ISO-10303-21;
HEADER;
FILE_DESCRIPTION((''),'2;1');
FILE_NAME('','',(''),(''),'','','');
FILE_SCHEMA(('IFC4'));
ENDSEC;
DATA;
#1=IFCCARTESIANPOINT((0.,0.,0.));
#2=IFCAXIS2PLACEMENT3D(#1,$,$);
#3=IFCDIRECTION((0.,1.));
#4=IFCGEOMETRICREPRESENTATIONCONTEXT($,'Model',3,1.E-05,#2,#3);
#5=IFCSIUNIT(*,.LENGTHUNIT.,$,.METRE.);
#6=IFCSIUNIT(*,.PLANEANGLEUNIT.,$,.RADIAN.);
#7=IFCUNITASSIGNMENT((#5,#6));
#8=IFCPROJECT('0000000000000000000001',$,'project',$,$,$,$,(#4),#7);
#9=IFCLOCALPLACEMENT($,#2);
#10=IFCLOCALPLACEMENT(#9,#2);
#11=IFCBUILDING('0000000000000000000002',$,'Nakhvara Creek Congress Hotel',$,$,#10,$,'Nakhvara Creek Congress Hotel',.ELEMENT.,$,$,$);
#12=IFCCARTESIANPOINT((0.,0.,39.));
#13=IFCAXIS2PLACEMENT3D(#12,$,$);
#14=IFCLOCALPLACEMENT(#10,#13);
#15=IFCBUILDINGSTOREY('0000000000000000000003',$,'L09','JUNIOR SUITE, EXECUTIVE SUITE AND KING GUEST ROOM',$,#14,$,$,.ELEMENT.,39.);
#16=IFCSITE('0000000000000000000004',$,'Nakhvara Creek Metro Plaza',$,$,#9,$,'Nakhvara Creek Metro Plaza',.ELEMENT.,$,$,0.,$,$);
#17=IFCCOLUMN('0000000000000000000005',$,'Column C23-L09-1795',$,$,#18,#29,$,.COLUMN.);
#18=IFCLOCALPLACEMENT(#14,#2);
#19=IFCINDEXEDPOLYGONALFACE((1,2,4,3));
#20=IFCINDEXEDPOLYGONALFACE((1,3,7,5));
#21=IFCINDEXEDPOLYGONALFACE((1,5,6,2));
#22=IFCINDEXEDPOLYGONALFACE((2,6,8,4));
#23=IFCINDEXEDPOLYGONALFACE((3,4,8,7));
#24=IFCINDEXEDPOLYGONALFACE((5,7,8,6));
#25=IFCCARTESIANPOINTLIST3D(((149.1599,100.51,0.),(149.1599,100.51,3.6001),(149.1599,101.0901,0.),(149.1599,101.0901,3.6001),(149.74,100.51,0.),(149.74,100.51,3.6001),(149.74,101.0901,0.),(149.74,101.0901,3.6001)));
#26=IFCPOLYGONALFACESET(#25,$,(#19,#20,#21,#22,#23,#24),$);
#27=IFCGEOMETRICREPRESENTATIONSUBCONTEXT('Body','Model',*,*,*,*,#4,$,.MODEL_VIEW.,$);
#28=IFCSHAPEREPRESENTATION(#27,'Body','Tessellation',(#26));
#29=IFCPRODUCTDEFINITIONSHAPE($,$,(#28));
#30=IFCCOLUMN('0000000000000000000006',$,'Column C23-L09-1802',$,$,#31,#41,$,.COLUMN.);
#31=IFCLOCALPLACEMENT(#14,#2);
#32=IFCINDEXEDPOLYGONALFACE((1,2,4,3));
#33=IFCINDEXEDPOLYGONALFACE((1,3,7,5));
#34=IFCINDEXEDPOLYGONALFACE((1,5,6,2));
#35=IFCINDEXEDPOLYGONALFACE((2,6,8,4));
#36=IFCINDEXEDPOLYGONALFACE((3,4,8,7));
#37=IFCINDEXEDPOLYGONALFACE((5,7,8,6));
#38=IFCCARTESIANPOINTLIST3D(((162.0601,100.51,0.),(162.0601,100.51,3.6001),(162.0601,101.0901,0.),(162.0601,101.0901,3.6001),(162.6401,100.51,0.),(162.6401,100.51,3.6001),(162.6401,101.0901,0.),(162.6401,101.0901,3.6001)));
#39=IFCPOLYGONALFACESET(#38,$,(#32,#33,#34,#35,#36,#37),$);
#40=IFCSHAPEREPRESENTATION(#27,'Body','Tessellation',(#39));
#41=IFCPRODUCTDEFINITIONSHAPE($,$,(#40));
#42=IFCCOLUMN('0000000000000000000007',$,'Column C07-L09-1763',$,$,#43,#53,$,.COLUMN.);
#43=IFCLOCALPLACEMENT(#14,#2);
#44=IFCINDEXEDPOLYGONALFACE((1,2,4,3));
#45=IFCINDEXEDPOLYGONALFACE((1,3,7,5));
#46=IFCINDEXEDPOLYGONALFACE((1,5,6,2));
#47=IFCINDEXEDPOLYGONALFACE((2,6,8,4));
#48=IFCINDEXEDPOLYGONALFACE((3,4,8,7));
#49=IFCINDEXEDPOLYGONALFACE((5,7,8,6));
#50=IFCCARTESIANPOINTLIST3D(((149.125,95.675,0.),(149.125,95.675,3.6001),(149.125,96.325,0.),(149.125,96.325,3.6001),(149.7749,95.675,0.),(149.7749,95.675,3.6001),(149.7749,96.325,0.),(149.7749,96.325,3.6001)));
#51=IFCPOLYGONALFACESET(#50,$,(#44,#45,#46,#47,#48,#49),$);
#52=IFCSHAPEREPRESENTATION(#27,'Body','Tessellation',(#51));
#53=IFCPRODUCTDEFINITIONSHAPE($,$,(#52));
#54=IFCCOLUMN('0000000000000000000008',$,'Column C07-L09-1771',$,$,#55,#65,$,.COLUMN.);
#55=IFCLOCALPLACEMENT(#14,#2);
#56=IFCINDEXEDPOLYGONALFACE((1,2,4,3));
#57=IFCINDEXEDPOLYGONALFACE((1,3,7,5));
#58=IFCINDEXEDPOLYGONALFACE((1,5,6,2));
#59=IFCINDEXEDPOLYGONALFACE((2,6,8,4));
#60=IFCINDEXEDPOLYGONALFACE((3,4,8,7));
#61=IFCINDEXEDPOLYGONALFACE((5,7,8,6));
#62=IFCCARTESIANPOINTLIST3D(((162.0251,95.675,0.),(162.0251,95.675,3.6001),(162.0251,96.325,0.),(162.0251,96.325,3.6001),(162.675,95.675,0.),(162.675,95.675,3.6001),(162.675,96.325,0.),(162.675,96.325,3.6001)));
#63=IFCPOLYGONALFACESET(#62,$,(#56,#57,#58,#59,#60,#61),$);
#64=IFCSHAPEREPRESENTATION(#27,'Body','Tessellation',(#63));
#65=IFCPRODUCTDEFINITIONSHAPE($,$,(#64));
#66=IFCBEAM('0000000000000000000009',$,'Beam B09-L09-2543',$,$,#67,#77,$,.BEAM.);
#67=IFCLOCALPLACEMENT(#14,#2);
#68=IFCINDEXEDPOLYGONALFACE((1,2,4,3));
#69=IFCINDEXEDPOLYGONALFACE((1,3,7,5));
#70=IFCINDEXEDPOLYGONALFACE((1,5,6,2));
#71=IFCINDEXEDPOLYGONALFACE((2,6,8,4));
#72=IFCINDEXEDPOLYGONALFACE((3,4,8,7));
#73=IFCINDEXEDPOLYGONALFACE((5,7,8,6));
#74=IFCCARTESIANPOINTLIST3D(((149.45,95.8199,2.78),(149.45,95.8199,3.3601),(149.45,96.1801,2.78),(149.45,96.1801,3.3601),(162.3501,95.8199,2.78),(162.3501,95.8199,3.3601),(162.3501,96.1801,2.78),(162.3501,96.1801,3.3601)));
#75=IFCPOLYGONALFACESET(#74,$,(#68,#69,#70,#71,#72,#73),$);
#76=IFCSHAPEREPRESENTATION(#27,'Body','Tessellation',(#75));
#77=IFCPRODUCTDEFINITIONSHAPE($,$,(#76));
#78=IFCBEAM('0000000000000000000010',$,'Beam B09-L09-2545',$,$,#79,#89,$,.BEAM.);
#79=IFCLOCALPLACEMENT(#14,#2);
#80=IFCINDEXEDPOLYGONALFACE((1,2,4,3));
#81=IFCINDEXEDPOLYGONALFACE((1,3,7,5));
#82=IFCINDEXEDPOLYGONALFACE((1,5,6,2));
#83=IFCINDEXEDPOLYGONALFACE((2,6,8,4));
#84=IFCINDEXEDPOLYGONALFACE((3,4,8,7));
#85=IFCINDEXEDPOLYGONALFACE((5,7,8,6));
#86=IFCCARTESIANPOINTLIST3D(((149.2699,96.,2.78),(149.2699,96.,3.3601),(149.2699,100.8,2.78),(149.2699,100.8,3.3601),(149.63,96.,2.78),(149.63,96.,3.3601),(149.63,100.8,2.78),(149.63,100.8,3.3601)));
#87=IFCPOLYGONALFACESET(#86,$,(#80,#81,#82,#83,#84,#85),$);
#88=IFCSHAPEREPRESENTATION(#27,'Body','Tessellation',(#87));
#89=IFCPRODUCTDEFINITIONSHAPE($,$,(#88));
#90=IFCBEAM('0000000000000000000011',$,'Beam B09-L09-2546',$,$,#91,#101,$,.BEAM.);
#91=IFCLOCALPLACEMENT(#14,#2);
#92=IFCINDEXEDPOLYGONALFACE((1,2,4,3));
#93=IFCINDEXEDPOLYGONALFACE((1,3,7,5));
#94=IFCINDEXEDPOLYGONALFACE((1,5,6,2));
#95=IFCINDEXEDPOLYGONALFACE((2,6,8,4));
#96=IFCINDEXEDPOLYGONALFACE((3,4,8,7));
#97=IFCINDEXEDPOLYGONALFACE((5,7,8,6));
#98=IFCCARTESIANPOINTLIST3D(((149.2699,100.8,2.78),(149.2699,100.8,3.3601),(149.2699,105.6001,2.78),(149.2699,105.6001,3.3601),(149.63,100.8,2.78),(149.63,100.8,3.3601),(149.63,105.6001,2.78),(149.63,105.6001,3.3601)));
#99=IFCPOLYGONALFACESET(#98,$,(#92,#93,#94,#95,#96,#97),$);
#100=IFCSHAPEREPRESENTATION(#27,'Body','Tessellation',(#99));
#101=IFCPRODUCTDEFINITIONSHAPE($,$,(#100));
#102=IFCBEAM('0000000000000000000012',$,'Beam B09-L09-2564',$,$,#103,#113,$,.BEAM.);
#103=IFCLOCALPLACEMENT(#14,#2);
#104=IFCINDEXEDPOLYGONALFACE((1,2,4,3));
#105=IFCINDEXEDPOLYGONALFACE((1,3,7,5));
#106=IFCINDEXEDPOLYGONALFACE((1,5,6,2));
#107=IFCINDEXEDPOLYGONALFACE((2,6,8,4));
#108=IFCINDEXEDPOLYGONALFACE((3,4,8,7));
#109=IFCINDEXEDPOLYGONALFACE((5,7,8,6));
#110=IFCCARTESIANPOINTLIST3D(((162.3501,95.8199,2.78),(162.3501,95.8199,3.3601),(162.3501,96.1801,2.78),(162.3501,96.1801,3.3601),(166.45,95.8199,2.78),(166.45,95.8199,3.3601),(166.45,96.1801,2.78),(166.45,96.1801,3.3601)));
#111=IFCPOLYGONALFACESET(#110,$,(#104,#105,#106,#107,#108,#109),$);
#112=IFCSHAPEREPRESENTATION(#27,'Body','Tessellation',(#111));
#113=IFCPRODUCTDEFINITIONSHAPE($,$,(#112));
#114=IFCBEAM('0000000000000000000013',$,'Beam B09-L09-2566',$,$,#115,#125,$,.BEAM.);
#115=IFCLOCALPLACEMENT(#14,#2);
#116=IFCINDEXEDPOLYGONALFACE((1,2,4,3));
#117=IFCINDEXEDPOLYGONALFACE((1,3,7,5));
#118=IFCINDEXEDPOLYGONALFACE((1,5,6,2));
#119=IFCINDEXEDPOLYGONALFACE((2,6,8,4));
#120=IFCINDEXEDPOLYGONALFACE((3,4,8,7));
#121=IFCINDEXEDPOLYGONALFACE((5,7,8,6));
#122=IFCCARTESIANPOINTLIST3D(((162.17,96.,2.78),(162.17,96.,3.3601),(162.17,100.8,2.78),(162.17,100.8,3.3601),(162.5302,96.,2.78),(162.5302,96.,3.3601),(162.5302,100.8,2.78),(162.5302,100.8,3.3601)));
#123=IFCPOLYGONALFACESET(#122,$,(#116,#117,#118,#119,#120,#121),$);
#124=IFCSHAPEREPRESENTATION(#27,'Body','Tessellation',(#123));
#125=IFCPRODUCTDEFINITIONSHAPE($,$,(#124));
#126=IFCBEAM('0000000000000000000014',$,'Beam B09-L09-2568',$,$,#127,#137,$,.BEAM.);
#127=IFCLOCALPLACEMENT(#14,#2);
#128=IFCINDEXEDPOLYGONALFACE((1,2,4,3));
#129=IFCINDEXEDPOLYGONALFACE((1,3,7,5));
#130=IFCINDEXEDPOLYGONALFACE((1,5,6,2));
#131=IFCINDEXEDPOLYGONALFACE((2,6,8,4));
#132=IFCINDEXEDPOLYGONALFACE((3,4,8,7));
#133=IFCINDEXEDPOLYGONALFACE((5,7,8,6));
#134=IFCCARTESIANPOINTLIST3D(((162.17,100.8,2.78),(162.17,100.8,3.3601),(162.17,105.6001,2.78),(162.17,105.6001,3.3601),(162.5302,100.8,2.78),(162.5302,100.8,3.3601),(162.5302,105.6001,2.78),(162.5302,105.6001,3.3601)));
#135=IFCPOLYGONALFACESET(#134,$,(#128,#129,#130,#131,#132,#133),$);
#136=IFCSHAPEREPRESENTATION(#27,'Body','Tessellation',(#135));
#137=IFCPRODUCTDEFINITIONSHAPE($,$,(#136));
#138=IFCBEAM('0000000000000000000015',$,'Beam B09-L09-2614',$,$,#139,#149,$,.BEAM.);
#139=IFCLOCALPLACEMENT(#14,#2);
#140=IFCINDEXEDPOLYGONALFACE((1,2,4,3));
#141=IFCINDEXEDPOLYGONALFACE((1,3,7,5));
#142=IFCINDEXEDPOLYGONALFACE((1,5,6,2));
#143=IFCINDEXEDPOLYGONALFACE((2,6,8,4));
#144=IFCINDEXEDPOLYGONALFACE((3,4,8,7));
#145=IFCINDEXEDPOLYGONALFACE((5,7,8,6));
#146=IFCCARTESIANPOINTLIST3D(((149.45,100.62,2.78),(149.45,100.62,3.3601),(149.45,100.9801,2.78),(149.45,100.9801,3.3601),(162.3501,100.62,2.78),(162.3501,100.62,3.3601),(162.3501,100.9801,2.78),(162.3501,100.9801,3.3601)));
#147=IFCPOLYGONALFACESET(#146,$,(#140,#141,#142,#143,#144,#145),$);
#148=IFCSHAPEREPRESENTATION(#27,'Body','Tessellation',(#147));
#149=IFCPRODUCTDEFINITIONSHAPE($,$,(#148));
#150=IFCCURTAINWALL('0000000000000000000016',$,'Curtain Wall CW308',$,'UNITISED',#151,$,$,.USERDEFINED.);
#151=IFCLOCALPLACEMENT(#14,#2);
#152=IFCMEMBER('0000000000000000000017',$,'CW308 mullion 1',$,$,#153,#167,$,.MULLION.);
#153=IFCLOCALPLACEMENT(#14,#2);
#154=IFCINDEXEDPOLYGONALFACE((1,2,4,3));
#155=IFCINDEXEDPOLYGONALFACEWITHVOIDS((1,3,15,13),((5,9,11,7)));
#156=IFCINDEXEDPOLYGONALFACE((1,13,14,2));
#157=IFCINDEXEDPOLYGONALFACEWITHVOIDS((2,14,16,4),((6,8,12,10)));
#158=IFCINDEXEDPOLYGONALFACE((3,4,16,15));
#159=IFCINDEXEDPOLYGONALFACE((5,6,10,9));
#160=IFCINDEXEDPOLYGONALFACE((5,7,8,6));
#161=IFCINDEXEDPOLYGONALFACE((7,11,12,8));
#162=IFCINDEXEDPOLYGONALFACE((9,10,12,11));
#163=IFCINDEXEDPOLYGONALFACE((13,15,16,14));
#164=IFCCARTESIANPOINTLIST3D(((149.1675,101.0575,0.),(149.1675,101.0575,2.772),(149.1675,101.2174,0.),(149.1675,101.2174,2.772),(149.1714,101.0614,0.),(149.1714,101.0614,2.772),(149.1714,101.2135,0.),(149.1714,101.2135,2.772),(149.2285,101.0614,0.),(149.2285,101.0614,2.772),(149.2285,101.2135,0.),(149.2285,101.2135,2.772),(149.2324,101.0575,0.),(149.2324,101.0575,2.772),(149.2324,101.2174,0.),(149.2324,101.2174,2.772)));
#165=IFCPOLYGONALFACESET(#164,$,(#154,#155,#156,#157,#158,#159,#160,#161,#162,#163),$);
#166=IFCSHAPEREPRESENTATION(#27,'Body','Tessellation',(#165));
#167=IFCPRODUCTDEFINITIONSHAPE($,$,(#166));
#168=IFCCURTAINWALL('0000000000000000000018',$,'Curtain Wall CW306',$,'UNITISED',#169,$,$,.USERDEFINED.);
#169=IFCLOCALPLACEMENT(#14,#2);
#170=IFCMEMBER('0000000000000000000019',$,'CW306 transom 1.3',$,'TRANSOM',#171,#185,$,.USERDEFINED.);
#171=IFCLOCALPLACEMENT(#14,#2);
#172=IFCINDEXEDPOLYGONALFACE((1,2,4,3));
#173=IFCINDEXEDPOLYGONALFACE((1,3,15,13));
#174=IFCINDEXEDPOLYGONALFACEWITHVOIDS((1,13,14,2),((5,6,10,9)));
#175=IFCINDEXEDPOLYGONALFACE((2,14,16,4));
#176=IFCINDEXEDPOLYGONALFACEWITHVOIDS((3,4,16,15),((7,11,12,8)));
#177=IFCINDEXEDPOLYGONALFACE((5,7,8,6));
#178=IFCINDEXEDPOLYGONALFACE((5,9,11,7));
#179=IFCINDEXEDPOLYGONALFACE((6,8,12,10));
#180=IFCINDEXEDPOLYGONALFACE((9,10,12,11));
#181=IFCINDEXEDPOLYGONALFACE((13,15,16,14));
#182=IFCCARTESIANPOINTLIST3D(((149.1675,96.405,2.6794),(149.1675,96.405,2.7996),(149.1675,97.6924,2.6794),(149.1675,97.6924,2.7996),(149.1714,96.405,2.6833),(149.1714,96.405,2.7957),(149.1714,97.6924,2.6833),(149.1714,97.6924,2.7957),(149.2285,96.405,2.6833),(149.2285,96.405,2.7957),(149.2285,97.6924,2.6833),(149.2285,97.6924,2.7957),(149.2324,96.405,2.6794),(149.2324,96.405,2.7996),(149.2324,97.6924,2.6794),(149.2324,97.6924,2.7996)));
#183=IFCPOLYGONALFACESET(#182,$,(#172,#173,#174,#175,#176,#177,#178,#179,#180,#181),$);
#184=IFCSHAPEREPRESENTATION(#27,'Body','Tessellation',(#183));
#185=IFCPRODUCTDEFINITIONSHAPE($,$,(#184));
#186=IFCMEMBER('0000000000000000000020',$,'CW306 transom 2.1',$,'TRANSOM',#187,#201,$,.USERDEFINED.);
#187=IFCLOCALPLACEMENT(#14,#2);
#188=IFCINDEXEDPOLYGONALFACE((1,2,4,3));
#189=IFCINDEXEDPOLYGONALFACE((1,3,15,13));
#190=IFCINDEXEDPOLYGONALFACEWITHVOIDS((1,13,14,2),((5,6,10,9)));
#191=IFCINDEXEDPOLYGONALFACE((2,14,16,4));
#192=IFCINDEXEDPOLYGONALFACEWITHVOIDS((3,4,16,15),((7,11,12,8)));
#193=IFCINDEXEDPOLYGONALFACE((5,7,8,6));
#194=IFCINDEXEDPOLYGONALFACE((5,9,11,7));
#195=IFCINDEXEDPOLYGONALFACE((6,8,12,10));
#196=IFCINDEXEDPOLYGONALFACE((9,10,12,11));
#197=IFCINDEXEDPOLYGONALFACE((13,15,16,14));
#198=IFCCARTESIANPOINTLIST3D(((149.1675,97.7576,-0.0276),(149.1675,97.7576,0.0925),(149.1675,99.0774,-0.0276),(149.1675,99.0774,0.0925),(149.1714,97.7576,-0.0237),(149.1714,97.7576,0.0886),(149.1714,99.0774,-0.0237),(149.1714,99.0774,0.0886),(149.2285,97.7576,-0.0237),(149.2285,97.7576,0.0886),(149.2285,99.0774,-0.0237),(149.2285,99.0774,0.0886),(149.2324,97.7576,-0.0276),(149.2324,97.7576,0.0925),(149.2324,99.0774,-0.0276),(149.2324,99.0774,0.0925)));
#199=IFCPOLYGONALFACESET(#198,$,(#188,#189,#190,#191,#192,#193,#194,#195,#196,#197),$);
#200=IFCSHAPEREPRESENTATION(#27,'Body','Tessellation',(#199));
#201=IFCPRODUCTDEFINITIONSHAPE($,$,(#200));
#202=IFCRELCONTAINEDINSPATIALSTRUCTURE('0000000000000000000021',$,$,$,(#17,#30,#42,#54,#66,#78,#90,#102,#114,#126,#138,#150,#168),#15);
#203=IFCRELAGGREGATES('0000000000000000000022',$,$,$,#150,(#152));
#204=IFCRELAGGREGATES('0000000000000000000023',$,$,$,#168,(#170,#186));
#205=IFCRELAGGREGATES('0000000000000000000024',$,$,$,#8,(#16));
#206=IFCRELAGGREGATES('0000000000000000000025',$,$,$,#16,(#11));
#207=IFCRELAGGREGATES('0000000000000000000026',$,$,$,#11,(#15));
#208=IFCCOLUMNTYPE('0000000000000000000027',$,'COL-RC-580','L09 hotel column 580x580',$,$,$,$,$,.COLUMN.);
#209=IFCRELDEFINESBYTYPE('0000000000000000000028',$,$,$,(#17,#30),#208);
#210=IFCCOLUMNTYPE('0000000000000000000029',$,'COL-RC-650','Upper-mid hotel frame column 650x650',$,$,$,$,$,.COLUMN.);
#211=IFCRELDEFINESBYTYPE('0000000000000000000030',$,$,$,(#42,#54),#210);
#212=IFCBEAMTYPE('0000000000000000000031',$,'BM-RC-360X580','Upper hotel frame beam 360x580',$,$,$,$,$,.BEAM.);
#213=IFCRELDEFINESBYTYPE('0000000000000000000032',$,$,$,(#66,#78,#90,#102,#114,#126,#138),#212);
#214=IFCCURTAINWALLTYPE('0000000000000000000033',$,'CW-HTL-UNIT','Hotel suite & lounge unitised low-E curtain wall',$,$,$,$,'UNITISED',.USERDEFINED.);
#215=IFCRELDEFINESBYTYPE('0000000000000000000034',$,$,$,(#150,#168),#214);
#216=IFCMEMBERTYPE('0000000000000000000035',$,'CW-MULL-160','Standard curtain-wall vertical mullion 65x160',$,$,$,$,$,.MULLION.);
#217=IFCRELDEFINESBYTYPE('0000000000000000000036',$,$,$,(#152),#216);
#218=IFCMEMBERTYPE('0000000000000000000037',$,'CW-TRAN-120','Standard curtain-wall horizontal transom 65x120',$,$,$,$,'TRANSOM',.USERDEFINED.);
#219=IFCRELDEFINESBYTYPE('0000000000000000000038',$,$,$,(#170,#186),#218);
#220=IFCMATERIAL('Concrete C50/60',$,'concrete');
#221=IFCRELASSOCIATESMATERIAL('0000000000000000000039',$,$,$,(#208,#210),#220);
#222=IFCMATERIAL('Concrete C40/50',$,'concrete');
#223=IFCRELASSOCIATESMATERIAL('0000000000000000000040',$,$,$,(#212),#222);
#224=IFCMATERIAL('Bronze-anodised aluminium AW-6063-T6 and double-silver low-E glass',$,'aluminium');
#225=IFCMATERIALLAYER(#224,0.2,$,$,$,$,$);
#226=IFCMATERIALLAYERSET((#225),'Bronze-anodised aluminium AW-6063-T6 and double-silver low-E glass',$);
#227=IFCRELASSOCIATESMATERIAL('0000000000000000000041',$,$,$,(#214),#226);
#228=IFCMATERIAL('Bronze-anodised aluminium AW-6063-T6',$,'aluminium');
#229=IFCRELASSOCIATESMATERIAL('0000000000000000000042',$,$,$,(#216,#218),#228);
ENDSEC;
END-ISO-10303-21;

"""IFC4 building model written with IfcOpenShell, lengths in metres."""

from ifc_helpers import new_model, si_unit, direction, frame, origin, origin_2d, place, context, subcontext, project, spatial, rectangle, hollow_rectangle, extrude, material, layer, layer_set, material_profile, profile_set, type_object, element, aggregate, save


model = new_model("IFC4")

# Units and contexts
model_context = context("Model", 3, precision=1e-05, world=origin(), true_north=direction((0.0, 1.0)))
body_context = subcontext(model_context, "Body", "Model", "MODEL_VIEW")
ifc_project = project(units=[si_unit("LENGTHUNIT", "METRE"), si_unit("PLANEANGLEUNIT", "RADIAN")], contexts=[model_context])

# Site, building, storey
site_placement = place(None, origin())
site = spatial("IfcSite", under=ifc_project, at=site_placement, Name="Nakhvara Creek Metro Plaza", LongName="Nakhvara Creek Metro Plaza", CompositionType="ELEMENT", RefElevation=0.0)
building_placement = place(site_placement, origin())
building = spatial("IfcBuilding", under=site, at=building_placement, Name="Nakhvara Creek Congress Hotel", LongName="Nakhvara Creek Congress Hotel", CompositionType="ELEMENT")
storey_placement = place(building_placement, frame((0.0, 0.0, 39.0)))
storey = spatial("IfcBuildingStorey", under=building, at=storey_placement, Name="L09", Description="JUNIOR SUITE, EXECUTIVE SUITE AND KING GUEST ROOM", CompositionType="ELEMENT", Elevation=39.0)

# Columns
ifc_material_1 = material(Name="Concrete C50/60", Category="concrete")
ifc_material_profile_1 = material_profile(ifc_material_1, rectangle(XDim=0.5801, YDim=0.5801, at=origin_2d()), Name="RC-COL 580x580", Category="LoadBearing")
ifc_profile_set_1 = profile_set([ifc_material_profile_1], Name="Concrete C50/60")
column_type_1 = type_object("IfcColumnType", Name="COL-RC-580", Description="L09 hotel column 580x580", PredefinedType="COLUMN", material=ifc_profile_set_1)
for number, where, z_axis, x_axis, name in (
    (1, (149.45, 100.8, 0.0), (0.0, 0.0, 1.0), (1.0, 0.0, 0.0), "Column C23-L09-1795"),
    (2, (162.3501, 100.8, 0.0), (0.0, 0.0, 1.0), (1.0, 0.0, 0.0), "Column C23-L09-1802"),
):
    element("IfcColumn", number, at=place(storey_placement, frame(where, z_axis=z_axis, x_axis=x_axis)), inside=storey, type_object=column_type_1, Name=name, PredefinedType="COLUMN", context=body_context, shape_type="SweptSolid", body=[
        extrude(rectangle(XDim=0.5801, YDim=0.5801, at=origin_2d()), origin(), (0.0, 0.0, 1.0), 3.6001),
    ])
ifc_material_profile_2 = material_profile(ifc_material_1, rectangle(XDim=0.6499, YDim=0.6499, at=origin_2d()), Name="RC-COL 650x650", Category="LoadBearing")
ifc_profile_set_2 = profile_set([ifc_material_profile_2], Name="Concrete C50/60")
column_type_2 = type_object("IfcColumnType", Name="COL-RC-650", Description="Upper-mid hotel frame column 650x650", PredefinedType="COLUMN", material=ifc_profile_set_2)
for number, where, z_axis, x_axis, name in (
    (3, (149.45, 96.0, 0.0), (0.0, 0.0, 1.0), (1.0, 0.0, 0.0), "Column C07-L09-1763"),
    (4, (162.3501, 96.0, 0.0), (0.0, 0.0, 1.0), (1.0, 0.0, 0.0), "Column C07-L09-1771"),
):
    element("IfcColumn", number, at=place(storey_placement, frame(where, z_axis=z_axis, x_axis=x_axis)), inside=storey, type_object=column_type_2, Name=name, PredefinedType="COLUMN", context=body_context, shape_type="SweptSolid", body=[
        extrude(rectangle(XDim=0.6499, YDim=0.6499, at=origin_2d()), origin(), (0.0, 0.0, 1.0), 3.6001),
    ])

# Beams
ifc_material_2 = material(Name="Concrete C40/50", Category="concrete")
ifc_material_profile_3 = material_profile(ifc_material_2, rectangle(XDim=0.3601, YDim=0.5801, at=origin_2d()), Name="RC-BM 360x580", Category="LoadBearing")
ifc_profile_set_3 = profile_set([ifc_material_profile_3], Name="Concrete C40/50")
beam_type = type_object("IfcBeamType", Name="BM-RC-360X580", Description="Upper hotel frame beam 360x580", PredefinedType="BEAM", material=ifc_profile_set_3)
beam_1_placement = place(storey_placement, frame((149.45, 96.0, 3.0701), z_axis=(1.0, 0.0, 0.0), x_axis=(0.0, 1.0, 0.0)))
element("IfcBeam", 5, at=beam_1_placement, inside=storey, type_object=beam_type, Name="Beam B09-L09-2543", PredefinedType="BEAM", context=body_context, shape_type="SweptSolid", body=[
    extrude(rectangle(XDim=0.3601, YDim=0.5801, at=origin_2d()), origin(), (0.0, 0.0, 1.0), 12.9001),
])
for number, where, z_axis, x_axis, name in (
    (6, (149.45, 96.0, 3.0701), (0.0, 1.0, 0.0), (-1.0, 0.0, 0.0), "Beam B09-L09-2545"),
    (7, (149.45, 100.8, 3.0701), (0.0, 1.0, 0.0), (-1.0, 0.0, 0.0), "Beam B09-L09-2546"),
):
    element("IfcBeam", number, at=place(storey_placement, frame(where, z_axis=z_axis, x_axis=x_axis)), inside=storey, type_object=beam_type, Name=name, PredefinedType="BEAM", context=body_context, shape_type="SweptSolid", body=[
        extrude(rectangle(XDim=0.3601, YDim=0.5801, at=origin_2d()), origin(), (0.0, 0.0, 1.0), 4.8),
    ])
beam_2_placement = place(storey_placement, frame((162.3501, 96.0, 3.0701), z_axis=(1.0, 0.0, 0.0), x_axis=(0.0, 1.0, 0.0)))
element("IfcBeam", 8, at=beam_2_placement, inside=storey, type_object=beam_type, Name="Beam B09-L09-2564", PredefinedType="BEAM", context=body_context, shape_type="SweptSolid", body=[
    extrude(rectangle(XDim=0.3601, YDim=0.5801, at=origin_2d()), origin(), (0.0, 0.0, 1.0), 4.0999),
])
for number, where, z_axis, x_axis, name in (
    (9, (162.3501, 96.0, 3.0701), (0.0, 1.0, 0.0), (-1.0, 0.0, 0.0), "Beam B09-L09-2566"),
    (10, (162.3501, 100.8, 3.0701), (0.0, 1.0, 0.0), (-1.0, 0.0, 0.0), "Beam B09-L09-2568"),
):
    element("IfcBeam", number, at=place(storey_placement, frame(where, z_axis=z_axis, x_axis=x_axis)), inside=storey, type_object=beam_type, Name=name, PredefinedType="BEAM", context=body_context, shape_type="SweptSolid", body=[
        extrude(rectangle(XDim=0.3601, YDim=0.5801, at=origin_2d()), origin(), (0.0, 0.0, 1.0), 4.8),
    ])
beam_3_placement = place(storey_placement, frame((149.45, 100.8, 3.0701), z_axis=(1.0, 0.0, 0.0), x_axis=(0.0, 1.0, 0.0)))
element("IfcBeam", 11, at=beam_3_placement, inside=storey, type_object=beam_type, Name="Beam B09-L09-2614", PredefinedType="BEAM", context=body_context, shape_type="SweptSolid", body=[
    extrude(rectangle(XDim=0.3601, YDim=0.5801, at=origin_2d()), origin(), (0.0, 0.0, 1.0), 12.9001),
])

# Curtain wall, member
ifc_material_3 = material(Name="Bronze-anodised aluminium AW-6063-T6 and double-silver low-E glass", Category="aluminium")
ifc_layer_1 = layer(ifc_material_3, 0.2)
ifc_layer_set_1 = layer_set([ifc_layer_1], Name="Bronze-anodised aluminium AW-6063-T6 and double-silver low-E glass")
curtain_wall_type = type_object("IfcCurtainWallType", Name="CW-HTL-UNIT", Description="Hotel suite & lounge unitised low-E curtain wall", ElementType="UNITISED", PredefinedType="USERDEFINED", material=ifc_layer_set_1)
curtain_wall_1_placement = place(storey_placement, origin())
curtain_wall_1 = element("IfcCurtainWall", 12, at=curtain_wall_1_placement, inside=storey, type_object=curtain_wall_type, Name="Curtain Wall CW308", ObjectType="UNITISED", PredefinedType="USERDEFINED")
ifc_material_4 = material(Name="Bronze-anodised aluminium AW-6063-T6", Category="aluminium")
ifc_material_profile_4 = material_profile(ifc_material_4, hollow_rectangle(XDim=0.0649, YDim=0.1599, WallThickness=0.0039, at=origin_2d()), Name="ALU-MULL 65x160x4", Category="LoadBearing")
ifc_profile_set_4 = profile_set([ifc_material_profile_4], Name="Bronze-anodised aluminium AW-6063-T6")
member_type_1 = type_object("IfcMemberType", Name="CW-MULL-160", Description="Standard curtain-wall vertical mullion 65x160", PredefinedType="MULLION", material=ifc_profile_set_4)
member_1_placement = place(storey_placement, frame((149.2, 101.1375, 0.0), z_axis=(0.0, 0.0, 1.0), x_axis=(-1.0, 0.0, 0.0)))
member_1 = element("IfcMember", 13, at=member_1_placement, type_object=member_type_1, Name="CW308 mullion 1", PredefinedType="MULLION", context=body_context, shape_type="SweptSolid", body=[
    extrude(hollow_rectangle(XDim=0.0649, YDim=0.1599, WallThickness=0.0039, at=origin_2d()), origin(), (0.0, 0.0, 1.0), 2.772),
])

# Curtain wall, members
curtain_wall_2_placement = place(storey_placement, origin())
curtain_wall_2 = element("IfcCurtainWall", 14, at=curtain_wall_2_placement, inside=storey, type_object=curtain_wall_type, Name="Curtain Wall CW306", ObjectType="UNITISED", PredefinedType="USERDEFINED")
ifc_material_profile_5 = material_profile(ifc_material_4, hollow_rectangle(XDim=0.0649, YDim=0.1201, WallThickness=0.0039, at=origin_2d()), Name="ALU-TRAN 65x120x4", Category="LoadBearing")
ifc_profile_set_5 = profile_set([ifc_material_profile_5], Name="Bronze-anodised aluminium AW-6063-T6")
member_type_2 = type_object("IfcMemberType", Name="CW-TRAN-120", Description="Standard curtain-wall horizontal transom 65x120", ElementType="TRANSOM", PredefinedType="USERDEFINED", material=ifc_profile_set_5)
member_2_placement = place(storey_placement, frame((149.2, 96.405, 2.7395), z_axis=(0.0, 1.0, 0.0), x_axis=(-1.0, 0.0, 0.0)))
member_2 = element("IfcMember", 15, at=member_2_placement, type_object=member_type_2, Name="CW306 transom 1.3", ObjectType="TRANSOM", PredefinedType="USERDEFINED", context=body_context, shape_type="SweptSolid", body=[
    extrude(hollow_rectangle(XDim=0.0649, YDim=0.1201, WallThickness=0.0039, at=origin_2d()), origin(), (0.0, 0.0, 1.0), 1.2874),
])
member_3_placement = place(storey_placement, frame((149.2, 97.7576, 0.0325), z_axis=(0.0, 1.0, 0.0), x_axis=(-1.0, 0.0, 0.0)))
member_3 = element("IfcMember", 16, at=member_3_placement, type_object=member_type_2, Name="CW306 transom 2.1", ObjectType="TRANSOM", PredefinedType="USERDEFINED", context=body_context, shape_type="SweptSolid", body=[
    extrude(hollow_rectangle(XDim=0.0649, YDim=0.1201, WallThickness=0.0039, at=origin_2d()), origin(), (0.0, 0.0, 1.0), 1.3198),
])

aggregate(curtain_wall_1, [member_1])

aggregate(curtain_wall_2, [member_2, member_3])

save(model, "model.ifc")
